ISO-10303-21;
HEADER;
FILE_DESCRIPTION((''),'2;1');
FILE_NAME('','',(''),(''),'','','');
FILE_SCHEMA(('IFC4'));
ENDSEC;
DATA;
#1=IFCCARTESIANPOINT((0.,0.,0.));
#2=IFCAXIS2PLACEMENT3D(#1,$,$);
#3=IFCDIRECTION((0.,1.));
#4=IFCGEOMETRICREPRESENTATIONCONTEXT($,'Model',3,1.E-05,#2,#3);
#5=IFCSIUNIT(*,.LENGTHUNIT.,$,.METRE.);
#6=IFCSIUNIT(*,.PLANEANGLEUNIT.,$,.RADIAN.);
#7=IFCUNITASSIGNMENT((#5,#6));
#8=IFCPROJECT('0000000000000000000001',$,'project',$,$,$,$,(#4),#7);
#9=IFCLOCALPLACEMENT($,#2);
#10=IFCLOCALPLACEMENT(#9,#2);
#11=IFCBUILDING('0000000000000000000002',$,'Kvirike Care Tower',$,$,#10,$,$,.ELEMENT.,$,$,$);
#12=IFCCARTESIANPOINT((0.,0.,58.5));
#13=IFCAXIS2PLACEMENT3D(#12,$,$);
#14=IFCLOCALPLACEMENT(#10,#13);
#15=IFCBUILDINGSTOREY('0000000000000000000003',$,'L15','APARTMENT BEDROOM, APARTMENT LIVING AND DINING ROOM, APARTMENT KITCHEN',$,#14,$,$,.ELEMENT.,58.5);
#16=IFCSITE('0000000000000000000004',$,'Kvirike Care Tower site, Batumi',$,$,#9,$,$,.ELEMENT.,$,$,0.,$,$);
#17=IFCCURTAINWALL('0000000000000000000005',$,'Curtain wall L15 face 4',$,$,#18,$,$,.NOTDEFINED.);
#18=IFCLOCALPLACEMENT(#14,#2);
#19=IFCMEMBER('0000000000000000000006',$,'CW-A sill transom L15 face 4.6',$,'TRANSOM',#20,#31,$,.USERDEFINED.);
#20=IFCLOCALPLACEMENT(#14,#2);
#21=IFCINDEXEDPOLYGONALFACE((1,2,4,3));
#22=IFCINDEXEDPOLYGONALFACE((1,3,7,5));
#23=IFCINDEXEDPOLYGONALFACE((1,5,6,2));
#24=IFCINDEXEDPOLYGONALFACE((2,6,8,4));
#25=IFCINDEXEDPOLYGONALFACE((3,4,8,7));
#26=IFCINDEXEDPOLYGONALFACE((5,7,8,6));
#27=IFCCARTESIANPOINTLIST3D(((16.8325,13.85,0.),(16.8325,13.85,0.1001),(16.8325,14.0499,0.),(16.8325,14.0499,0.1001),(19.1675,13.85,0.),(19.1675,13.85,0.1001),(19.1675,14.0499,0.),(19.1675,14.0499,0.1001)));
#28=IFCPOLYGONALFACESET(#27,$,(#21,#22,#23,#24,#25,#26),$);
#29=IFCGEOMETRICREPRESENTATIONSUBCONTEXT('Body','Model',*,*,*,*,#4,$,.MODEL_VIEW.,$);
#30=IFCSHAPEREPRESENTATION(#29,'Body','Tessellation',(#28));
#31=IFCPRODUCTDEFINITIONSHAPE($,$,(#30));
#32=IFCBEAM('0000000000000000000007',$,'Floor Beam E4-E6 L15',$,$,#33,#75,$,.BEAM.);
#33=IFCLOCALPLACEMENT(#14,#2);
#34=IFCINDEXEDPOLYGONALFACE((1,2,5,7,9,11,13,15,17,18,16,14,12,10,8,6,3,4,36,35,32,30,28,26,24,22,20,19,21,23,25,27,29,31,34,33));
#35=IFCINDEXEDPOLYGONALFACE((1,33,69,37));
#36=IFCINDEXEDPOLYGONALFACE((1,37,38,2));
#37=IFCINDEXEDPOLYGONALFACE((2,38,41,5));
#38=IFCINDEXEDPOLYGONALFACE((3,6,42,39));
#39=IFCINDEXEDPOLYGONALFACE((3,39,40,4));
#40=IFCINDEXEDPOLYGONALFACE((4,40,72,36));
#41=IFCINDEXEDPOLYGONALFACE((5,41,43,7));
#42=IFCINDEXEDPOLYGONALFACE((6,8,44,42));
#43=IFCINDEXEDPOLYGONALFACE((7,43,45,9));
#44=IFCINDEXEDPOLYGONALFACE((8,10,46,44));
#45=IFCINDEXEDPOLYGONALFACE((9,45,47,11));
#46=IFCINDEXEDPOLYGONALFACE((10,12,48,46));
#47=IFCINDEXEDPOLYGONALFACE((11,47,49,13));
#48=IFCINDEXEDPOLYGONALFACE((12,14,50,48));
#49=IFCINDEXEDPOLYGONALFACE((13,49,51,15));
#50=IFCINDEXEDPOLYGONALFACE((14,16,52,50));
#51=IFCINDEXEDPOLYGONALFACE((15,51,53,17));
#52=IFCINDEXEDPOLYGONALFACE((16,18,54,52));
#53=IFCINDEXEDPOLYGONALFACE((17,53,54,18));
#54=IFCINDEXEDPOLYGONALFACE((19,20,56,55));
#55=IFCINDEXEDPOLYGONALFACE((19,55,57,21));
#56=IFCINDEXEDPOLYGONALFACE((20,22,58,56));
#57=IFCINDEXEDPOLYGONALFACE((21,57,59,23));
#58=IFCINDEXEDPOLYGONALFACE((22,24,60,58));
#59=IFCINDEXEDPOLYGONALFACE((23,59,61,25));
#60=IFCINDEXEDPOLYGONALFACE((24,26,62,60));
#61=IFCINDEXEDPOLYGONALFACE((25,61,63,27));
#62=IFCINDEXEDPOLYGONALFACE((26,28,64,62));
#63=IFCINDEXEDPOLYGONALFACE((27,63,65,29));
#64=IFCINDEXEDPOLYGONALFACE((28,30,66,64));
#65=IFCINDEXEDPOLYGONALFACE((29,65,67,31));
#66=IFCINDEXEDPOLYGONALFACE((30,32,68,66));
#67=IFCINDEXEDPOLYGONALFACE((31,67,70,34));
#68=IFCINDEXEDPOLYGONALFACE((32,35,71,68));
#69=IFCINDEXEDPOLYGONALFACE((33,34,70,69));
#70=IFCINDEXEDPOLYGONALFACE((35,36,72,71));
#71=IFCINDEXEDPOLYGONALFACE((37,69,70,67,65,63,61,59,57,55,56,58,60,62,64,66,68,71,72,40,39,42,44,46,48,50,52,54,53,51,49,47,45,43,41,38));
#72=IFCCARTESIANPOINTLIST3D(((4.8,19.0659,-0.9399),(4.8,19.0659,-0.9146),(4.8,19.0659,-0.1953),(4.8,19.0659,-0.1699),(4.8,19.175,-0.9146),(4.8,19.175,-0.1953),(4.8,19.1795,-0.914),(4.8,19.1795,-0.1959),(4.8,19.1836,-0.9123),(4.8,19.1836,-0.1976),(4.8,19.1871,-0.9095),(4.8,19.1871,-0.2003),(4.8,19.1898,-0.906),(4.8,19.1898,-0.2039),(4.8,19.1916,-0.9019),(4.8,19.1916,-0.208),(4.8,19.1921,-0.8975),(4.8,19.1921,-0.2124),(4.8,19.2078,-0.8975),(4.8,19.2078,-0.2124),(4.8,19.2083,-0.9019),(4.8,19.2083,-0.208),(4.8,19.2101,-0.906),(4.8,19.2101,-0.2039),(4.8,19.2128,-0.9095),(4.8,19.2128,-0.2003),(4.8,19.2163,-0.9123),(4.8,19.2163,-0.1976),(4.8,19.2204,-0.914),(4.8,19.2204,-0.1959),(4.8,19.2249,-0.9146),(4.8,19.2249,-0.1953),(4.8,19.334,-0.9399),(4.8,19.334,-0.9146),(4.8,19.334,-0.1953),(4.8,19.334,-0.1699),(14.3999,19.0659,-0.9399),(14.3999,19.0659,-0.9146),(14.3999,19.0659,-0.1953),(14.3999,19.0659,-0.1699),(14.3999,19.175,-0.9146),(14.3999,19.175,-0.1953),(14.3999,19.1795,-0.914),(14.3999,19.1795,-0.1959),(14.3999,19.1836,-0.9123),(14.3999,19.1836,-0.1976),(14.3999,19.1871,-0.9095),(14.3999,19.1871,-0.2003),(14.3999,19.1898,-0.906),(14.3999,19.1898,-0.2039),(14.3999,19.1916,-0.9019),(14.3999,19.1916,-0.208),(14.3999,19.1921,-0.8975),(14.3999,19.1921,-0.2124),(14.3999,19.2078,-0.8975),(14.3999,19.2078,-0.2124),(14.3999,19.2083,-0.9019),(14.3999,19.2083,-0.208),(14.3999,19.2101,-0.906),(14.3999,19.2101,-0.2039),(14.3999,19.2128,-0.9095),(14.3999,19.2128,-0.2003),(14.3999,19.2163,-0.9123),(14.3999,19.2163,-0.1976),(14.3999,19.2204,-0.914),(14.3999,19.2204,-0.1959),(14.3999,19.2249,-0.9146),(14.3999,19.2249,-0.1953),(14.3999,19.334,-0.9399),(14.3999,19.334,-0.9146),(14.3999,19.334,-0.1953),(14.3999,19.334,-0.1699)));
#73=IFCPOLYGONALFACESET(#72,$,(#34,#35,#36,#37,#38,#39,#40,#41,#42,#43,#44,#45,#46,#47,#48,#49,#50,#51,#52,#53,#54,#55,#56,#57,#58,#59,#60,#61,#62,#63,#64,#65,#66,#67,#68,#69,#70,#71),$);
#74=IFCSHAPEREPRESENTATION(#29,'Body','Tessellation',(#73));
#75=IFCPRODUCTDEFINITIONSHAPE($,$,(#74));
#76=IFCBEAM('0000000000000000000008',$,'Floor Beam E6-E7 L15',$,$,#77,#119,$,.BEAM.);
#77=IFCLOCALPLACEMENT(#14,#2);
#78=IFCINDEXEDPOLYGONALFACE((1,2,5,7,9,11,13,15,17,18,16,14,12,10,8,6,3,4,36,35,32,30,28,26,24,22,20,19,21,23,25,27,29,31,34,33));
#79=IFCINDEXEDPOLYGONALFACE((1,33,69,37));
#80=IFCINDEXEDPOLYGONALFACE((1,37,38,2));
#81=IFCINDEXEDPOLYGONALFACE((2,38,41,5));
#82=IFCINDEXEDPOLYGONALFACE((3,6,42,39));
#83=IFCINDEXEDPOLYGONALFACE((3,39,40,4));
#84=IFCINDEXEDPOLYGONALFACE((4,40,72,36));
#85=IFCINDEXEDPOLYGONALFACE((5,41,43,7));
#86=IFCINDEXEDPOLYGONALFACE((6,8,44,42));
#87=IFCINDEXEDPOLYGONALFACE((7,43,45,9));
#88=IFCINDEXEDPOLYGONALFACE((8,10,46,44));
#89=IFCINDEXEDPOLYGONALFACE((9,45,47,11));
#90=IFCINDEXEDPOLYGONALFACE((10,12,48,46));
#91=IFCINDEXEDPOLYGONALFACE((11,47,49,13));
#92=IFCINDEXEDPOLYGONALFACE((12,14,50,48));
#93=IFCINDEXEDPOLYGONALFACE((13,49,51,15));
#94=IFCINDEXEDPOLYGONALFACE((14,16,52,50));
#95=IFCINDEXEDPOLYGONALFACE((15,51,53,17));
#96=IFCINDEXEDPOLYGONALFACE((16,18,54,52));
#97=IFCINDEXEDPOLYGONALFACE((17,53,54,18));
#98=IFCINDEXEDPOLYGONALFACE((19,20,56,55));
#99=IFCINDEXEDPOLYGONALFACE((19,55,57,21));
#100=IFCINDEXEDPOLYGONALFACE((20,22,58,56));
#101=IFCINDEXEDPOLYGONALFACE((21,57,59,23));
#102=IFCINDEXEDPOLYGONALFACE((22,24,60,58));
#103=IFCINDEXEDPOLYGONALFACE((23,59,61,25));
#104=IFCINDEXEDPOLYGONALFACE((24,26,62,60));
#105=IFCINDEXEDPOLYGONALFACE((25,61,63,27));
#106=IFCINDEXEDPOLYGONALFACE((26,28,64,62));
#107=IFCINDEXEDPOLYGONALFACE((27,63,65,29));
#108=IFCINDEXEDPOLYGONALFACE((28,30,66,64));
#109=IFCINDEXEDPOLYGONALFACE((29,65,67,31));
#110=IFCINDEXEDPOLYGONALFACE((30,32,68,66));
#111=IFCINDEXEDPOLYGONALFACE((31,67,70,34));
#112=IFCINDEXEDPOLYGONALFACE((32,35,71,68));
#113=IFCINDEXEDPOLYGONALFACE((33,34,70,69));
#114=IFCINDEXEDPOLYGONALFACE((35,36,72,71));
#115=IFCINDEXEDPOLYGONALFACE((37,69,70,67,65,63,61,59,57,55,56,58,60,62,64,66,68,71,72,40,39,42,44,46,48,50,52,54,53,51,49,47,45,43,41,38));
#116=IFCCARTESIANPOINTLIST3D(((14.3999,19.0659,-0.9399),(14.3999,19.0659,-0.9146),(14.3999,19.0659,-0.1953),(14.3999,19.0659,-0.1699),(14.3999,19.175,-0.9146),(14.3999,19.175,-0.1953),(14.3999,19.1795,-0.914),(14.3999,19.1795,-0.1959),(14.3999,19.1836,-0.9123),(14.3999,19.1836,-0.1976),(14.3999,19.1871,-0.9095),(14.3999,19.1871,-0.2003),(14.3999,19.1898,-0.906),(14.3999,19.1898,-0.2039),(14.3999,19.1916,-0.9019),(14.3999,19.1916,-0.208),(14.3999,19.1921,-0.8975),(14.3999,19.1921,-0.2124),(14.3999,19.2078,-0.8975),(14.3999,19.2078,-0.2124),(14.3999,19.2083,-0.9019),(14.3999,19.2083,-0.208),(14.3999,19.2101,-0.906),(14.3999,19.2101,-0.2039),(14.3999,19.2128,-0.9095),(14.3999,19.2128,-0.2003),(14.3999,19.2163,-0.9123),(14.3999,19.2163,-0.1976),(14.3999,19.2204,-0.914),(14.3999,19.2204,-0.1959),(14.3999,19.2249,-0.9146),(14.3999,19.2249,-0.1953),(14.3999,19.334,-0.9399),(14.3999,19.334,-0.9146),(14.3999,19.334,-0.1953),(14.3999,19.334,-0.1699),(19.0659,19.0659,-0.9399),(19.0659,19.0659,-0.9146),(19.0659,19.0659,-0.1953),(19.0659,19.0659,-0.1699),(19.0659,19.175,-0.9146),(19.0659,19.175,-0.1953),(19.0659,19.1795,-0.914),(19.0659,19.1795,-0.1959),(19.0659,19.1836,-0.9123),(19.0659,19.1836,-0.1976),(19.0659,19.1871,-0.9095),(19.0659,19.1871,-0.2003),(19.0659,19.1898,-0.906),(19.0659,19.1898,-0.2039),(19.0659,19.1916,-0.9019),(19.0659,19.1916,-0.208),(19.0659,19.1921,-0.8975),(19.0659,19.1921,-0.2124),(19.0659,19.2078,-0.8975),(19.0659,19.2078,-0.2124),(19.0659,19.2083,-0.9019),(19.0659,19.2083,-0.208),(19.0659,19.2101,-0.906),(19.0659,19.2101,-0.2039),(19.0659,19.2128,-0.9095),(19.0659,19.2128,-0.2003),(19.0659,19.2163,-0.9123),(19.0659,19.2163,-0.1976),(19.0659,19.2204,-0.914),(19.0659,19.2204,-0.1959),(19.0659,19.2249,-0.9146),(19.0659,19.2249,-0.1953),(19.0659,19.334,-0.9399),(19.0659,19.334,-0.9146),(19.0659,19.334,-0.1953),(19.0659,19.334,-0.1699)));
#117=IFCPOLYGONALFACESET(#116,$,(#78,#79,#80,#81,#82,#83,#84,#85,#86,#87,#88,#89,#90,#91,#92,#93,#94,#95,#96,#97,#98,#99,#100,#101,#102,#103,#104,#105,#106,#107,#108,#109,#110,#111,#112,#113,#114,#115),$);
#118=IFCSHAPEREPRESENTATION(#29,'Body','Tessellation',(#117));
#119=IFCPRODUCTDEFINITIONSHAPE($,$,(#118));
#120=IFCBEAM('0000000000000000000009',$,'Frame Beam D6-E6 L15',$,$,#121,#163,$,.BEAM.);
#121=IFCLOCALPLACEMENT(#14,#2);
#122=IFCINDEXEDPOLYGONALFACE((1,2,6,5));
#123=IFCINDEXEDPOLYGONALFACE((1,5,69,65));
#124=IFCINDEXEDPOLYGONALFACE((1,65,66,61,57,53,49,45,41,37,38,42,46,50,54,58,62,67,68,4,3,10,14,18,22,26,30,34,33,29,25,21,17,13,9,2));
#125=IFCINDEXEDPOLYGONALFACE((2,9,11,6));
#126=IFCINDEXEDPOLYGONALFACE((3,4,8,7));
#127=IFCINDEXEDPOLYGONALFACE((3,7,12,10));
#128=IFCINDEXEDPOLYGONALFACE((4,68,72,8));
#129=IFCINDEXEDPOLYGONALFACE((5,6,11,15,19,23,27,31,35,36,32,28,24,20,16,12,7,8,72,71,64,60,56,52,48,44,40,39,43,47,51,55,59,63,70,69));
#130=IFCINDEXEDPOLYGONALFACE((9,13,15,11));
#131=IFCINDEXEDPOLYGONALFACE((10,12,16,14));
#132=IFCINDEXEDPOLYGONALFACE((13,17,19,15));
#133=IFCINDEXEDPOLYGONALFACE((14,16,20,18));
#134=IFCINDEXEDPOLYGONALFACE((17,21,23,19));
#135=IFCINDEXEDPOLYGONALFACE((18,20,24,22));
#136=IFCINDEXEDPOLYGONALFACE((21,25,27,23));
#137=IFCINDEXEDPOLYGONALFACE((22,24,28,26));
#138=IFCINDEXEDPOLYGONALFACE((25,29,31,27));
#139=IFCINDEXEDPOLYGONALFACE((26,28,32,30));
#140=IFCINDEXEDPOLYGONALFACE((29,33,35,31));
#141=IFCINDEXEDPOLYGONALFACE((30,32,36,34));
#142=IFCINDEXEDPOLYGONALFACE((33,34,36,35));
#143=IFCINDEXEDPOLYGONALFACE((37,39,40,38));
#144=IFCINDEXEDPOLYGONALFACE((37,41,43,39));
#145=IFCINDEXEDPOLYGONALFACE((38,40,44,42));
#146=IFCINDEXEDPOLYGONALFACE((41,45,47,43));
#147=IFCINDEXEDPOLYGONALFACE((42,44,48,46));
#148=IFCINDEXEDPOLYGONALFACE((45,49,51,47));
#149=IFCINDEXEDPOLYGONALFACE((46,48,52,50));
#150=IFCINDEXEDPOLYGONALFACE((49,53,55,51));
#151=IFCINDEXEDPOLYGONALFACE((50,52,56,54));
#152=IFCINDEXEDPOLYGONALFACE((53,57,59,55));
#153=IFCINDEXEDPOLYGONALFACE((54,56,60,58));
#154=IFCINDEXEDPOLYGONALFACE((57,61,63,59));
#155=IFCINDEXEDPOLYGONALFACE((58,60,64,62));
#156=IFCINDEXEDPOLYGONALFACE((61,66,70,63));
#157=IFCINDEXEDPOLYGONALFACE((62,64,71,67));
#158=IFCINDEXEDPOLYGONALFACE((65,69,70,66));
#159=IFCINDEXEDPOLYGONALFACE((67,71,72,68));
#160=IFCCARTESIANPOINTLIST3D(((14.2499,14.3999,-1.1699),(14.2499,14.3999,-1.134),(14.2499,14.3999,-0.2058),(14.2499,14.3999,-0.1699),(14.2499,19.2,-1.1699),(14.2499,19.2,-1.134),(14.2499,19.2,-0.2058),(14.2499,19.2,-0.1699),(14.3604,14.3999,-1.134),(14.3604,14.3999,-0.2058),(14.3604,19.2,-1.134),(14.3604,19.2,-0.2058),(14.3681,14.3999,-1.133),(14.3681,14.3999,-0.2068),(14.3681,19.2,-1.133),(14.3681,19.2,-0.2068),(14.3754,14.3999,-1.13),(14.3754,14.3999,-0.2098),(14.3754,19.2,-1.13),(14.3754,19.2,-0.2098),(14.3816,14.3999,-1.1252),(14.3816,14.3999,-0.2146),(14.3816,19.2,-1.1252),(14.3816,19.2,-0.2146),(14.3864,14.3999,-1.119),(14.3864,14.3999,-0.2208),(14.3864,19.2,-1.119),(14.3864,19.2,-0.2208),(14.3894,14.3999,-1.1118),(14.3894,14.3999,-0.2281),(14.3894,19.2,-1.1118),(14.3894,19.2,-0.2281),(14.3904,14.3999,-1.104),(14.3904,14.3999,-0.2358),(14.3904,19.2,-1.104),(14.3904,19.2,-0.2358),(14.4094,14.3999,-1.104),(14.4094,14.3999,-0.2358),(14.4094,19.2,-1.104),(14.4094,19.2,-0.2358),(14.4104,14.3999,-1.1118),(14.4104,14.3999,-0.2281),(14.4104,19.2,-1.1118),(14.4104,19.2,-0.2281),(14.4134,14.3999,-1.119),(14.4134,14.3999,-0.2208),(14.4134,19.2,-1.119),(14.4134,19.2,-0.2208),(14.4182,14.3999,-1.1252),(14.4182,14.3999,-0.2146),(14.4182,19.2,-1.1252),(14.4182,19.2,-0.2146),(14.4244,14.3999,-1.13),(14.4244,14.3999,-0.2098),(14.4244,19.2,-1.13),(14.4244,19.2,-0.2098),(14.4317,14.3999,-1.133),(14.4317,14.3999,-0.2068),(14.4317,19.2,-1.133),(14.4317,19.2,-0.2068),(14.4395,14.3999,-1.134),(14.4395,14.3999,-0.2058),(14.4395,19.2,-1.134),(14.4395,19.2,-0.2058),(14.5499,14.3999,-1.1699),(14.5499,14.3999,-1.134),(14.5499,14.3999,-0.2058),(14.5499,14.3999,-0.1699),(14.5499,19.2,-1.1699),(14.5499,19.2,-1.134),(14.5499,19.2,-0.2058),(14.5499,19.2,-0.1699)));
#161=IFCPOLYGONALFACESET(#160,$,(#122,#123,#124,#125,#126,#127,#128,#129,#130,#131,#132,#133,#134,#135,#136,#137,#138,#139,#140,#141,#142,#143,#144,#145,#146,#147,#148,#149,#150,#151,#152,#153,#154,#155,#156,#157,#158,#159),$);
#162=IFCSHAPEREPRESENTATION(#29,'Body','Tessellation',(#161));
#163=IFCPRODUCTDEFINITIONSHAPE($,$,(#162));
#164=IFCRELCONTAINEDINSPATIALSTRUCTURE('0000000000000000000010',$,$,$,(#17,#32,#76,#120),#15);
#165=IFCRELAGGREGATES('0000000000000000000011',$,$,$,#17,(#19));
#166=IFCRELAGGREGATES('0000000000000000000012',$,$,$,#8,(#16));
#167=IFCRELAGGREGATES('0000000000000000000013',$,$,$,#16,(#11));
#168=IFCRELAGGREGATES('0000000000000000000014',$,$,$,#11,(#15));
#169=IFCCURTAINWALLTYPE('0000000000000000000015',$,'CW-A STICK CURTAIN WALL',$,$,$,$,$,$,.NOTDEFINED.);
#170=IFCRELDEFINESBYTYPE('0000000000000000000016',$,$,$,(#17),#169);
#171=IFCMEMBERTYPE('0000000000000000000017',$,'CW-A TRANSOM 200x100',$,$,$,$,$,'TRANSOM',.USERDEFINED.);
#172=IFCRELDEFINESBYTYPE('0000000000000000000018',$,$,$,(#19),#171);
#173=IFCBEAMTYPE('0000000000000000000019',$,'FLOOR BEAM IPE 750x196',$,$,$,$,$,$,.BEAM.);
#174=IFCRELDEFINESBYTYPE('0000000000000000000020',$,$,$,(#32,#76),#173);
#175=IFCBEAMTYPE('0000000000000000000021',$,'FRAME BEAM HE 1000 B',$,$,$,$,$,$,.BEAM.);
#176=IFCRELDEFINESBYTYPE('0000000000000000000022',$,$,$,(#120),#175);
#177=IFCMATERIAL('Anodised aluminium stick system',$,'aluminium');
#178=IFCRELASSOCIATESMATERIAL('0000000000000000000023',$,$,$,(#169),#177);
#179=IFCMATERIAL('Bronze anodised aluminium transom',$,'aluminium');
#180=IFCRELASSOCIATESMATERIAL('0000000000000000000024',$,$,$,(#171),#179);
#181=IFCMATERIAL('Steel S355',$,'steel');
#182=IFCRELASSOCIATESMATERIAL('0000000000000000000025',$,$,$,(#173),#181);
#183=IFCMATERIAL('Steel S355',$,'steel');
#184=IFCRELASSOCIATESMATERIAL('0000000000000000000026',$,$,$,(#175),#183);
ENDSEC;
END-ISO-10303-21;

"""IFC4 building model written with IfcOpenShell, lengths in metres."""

from ifc_helpers import new_model, si_unit, direction, frame, origin, origin_2d, place, context, subcontext, project, spatial, rectangle, i_section, extrude, material, material_profile, profile_set, type_object, element, aggregate, save


model = new_model("IFC4")

# Units and contexts
model_context = context("Model", 3, precision=1e-05, world=origin(), true_north=direction((0.0, 1.0)))
body_context = subcontext(model_context, "Body", "Model", "MODEL_VIEW")
ifc_project = project(units=[si_unit("LENGTHUNIT", "METRE"), si_unit("PLANEANGLEUNIT", "RADIAN")], contexts=[model_context])

# Site, building, storey
site_placement = place(None, origin())
site = spatial("IfcSite", under=ifc_project, at=site_placement, Name="Kvirike Care Tower site, Batumi", CompositionType="ELEMENT", RefElevation=0.0)
building_placement = place(site_placement, origin())
building = spatial("IfcBuilding", under=site, at=building_placement, Name="Kvirike Care Tower", CompositionType="ELEMENT")
storey_placement = place(building_placement, frame((0.0, 0.0, 58.5)))
storey = spatial("IfcBuildingStorey", under=building, at=storey_placement, Name="L15", Description="APARTMENT BEDROOM, APARTMENT LIVING AND DINING ROOM, APARTMENT KITCHEN", CompositionType="ELEMENT", Elevation=58.5)

# Curtain wall, member
ifc_material_1 = material(Name="Anodised aluminium stick system", Category="aluminium")
curtain_wall_type = type_object("IfcCurtainWallType", Name="CW-A STICK CURTAIN WALL", PredefinedType="NOTDEFINED", material=ifc_material_1)
curtain_wall_placement = place(storey_placement, origin())
curtain_wall = element("IfcCurtainWall", 1, at=curtain_wall_placement, inside=storey, type_object=curtain_wall_type, Name="Curtain wall L15 face 4", PredefinedType="NOTDEFINED")
ifc_material_2 = material(Name="Bronze anodised aluminium transom", Category="aluminium")
ifc_material_profile_1 = material_profile(ifc_material_2, rectangle(XDim=0.2, YDim=0.1001, at=origin_2d()), Name="CW-A TRANSOM 200x100")
ifc_profile_set_1 = profile_set([ifc_material_profile_1], Name="Bronze anodised aluminium transom")
member_type_1 = type_object("IfcMemberType", Name="CW-A TRANSOM 200x100", ElementType="TRANSOM", PredefinedType="USERDEFINED", material=ifc_profile_set_1)
member_1_placement = place(storey_placement, frame((16.8325, 13.95, 0.05), z_axis=(1.0, 0.0, 0.0), x_axis=(0.0, 1.0, 0.0)))
member_1 = element("IfcMember", 2, at=member_1_placement, type_object=member_type_1, Name="CW-A sill transom L15 face 4.6", ObjectType="TRANSOM", PredefinedType="USERDEFINED", context=body_context, shape_type="SweptSolid", body=[
    extrude(rectangle(XDim=0.2, YDim=0.1001, at=origin_2d()), origin(), (0.0, 0.0, 1.0), 2.335),
])

# Beams
ifc_material_3 = material(Name="Steel S355", Category="steel")
ifc_material_profile_2 = material_profile(ifc_material_3, i_section(OverallWidth=0.2681, OverallDepth=0.77, WebThickness=0.0156, FlangeThickness=0.0254, FilletRadius=0.0171, at=origin_2d()), Name="IPE 750x196")
ifc_profile_set_2 = profile_set([ifc_material_profile_2], Name="Steel S355")
beam_type_1 = type_object("IfcBeamType", Name="FLOOR BEAM IPE 750x196", PredefinedType="BEAM", material=ifc_profile_set_2)
beam_1_placement = place(storey_placement, frame((4.8, 19.2, -0.5549), z_axis=(1.0, 0.0, 0.0), x_axis=(0.0, 1.0, 0.0)))
element("IfcBeam", 3, at=beam_1_placement, inside=storey, type_object=beam_type_1, Name="Floor Beam E4-E6 L15", PredefinedType="BEAM", context=body_context, shape_type="SweptSolid", body=[
    extrude(i_section(OverallWidth=0.2681, OverallDepth=0.77, WebThickness=0.0156, FlangeThickness=0.0254, FilletRadius=0.0171, at=origin_2d()), origin(), (0.0, 0.0, 1.0), 9.5999),
])
beam_2_placement = place(storey_placement, frame((14.3999, 19.2, -0.5549), z_axis=(1.0, 0.0, 0.0), x_axis=(0.0, 1.0, 0.0)))
element("IfcBeam", 4, at=beam_2_placement, inside=storey, type_object=beam_type_1, Name="Floor Beam E6-E7 L15", PredefinedType="BEAM", context=body_context, shape_type="SweptSolid", body=[
    extrude(i_section(OverallWidth=0.2681, OverallDepth=0.77, WebThickness=0.0156, FlangeThickness=0.0254, FilletRadius=0.0171, at=origin_2d()), origin(), (0.0, 0.0, 1.0), 4.666),
])
ifc_material_4 = material(Name="Steel S355", Category="steel")
ifc_material_profile_3 = material_profile(ifc_material_4, i_section(OverallWidth=0.3, OverallDepth=1.0, WebThickness=0.019, FlangeThickness=0.0359, FilletRadius=0.03, at=origin_2d()), Name="HE 1000 B")
ifc_profile_set_3 = profile_set([ifc_material_profile_3], Name="Steel S355")
beam_type_2 = type_object("IfcBeamType", Name="FRAME BEAM HE 1000 B", PredefinedType="BEAM", material=ifc_profile_set_3)
for number, where, z_axis, x_axis, name in (
    (5, (14.3999, 14.3999, -0.6699), (0.0, 1.0, 0.0), (-1.0, 0.0, 0.0), "Frame Beam D6-E6 L15"),
):
    element("IfcBeam", number, at=place(storey_placement, frame(where, z_axis=z_axis, x_axis=x_axis)), inside=storey, type_object=beam_type_2, Name=name, PredefinedType="BEAM", context=body_context, shape_type="SweptSolid", body=[
        extrude(i_section(OverallWidth=0.3, OverallDepth=1.0, WebThickness=0.019, FlangeThickness=0.0359, FilletRadius=0.03, at=origin_2d()), origin(), (0.0, 0.0, 1.0), 4.8),
    ])

aggregate(curtain_wall, [member_1])

save(model, "model.ifc")
